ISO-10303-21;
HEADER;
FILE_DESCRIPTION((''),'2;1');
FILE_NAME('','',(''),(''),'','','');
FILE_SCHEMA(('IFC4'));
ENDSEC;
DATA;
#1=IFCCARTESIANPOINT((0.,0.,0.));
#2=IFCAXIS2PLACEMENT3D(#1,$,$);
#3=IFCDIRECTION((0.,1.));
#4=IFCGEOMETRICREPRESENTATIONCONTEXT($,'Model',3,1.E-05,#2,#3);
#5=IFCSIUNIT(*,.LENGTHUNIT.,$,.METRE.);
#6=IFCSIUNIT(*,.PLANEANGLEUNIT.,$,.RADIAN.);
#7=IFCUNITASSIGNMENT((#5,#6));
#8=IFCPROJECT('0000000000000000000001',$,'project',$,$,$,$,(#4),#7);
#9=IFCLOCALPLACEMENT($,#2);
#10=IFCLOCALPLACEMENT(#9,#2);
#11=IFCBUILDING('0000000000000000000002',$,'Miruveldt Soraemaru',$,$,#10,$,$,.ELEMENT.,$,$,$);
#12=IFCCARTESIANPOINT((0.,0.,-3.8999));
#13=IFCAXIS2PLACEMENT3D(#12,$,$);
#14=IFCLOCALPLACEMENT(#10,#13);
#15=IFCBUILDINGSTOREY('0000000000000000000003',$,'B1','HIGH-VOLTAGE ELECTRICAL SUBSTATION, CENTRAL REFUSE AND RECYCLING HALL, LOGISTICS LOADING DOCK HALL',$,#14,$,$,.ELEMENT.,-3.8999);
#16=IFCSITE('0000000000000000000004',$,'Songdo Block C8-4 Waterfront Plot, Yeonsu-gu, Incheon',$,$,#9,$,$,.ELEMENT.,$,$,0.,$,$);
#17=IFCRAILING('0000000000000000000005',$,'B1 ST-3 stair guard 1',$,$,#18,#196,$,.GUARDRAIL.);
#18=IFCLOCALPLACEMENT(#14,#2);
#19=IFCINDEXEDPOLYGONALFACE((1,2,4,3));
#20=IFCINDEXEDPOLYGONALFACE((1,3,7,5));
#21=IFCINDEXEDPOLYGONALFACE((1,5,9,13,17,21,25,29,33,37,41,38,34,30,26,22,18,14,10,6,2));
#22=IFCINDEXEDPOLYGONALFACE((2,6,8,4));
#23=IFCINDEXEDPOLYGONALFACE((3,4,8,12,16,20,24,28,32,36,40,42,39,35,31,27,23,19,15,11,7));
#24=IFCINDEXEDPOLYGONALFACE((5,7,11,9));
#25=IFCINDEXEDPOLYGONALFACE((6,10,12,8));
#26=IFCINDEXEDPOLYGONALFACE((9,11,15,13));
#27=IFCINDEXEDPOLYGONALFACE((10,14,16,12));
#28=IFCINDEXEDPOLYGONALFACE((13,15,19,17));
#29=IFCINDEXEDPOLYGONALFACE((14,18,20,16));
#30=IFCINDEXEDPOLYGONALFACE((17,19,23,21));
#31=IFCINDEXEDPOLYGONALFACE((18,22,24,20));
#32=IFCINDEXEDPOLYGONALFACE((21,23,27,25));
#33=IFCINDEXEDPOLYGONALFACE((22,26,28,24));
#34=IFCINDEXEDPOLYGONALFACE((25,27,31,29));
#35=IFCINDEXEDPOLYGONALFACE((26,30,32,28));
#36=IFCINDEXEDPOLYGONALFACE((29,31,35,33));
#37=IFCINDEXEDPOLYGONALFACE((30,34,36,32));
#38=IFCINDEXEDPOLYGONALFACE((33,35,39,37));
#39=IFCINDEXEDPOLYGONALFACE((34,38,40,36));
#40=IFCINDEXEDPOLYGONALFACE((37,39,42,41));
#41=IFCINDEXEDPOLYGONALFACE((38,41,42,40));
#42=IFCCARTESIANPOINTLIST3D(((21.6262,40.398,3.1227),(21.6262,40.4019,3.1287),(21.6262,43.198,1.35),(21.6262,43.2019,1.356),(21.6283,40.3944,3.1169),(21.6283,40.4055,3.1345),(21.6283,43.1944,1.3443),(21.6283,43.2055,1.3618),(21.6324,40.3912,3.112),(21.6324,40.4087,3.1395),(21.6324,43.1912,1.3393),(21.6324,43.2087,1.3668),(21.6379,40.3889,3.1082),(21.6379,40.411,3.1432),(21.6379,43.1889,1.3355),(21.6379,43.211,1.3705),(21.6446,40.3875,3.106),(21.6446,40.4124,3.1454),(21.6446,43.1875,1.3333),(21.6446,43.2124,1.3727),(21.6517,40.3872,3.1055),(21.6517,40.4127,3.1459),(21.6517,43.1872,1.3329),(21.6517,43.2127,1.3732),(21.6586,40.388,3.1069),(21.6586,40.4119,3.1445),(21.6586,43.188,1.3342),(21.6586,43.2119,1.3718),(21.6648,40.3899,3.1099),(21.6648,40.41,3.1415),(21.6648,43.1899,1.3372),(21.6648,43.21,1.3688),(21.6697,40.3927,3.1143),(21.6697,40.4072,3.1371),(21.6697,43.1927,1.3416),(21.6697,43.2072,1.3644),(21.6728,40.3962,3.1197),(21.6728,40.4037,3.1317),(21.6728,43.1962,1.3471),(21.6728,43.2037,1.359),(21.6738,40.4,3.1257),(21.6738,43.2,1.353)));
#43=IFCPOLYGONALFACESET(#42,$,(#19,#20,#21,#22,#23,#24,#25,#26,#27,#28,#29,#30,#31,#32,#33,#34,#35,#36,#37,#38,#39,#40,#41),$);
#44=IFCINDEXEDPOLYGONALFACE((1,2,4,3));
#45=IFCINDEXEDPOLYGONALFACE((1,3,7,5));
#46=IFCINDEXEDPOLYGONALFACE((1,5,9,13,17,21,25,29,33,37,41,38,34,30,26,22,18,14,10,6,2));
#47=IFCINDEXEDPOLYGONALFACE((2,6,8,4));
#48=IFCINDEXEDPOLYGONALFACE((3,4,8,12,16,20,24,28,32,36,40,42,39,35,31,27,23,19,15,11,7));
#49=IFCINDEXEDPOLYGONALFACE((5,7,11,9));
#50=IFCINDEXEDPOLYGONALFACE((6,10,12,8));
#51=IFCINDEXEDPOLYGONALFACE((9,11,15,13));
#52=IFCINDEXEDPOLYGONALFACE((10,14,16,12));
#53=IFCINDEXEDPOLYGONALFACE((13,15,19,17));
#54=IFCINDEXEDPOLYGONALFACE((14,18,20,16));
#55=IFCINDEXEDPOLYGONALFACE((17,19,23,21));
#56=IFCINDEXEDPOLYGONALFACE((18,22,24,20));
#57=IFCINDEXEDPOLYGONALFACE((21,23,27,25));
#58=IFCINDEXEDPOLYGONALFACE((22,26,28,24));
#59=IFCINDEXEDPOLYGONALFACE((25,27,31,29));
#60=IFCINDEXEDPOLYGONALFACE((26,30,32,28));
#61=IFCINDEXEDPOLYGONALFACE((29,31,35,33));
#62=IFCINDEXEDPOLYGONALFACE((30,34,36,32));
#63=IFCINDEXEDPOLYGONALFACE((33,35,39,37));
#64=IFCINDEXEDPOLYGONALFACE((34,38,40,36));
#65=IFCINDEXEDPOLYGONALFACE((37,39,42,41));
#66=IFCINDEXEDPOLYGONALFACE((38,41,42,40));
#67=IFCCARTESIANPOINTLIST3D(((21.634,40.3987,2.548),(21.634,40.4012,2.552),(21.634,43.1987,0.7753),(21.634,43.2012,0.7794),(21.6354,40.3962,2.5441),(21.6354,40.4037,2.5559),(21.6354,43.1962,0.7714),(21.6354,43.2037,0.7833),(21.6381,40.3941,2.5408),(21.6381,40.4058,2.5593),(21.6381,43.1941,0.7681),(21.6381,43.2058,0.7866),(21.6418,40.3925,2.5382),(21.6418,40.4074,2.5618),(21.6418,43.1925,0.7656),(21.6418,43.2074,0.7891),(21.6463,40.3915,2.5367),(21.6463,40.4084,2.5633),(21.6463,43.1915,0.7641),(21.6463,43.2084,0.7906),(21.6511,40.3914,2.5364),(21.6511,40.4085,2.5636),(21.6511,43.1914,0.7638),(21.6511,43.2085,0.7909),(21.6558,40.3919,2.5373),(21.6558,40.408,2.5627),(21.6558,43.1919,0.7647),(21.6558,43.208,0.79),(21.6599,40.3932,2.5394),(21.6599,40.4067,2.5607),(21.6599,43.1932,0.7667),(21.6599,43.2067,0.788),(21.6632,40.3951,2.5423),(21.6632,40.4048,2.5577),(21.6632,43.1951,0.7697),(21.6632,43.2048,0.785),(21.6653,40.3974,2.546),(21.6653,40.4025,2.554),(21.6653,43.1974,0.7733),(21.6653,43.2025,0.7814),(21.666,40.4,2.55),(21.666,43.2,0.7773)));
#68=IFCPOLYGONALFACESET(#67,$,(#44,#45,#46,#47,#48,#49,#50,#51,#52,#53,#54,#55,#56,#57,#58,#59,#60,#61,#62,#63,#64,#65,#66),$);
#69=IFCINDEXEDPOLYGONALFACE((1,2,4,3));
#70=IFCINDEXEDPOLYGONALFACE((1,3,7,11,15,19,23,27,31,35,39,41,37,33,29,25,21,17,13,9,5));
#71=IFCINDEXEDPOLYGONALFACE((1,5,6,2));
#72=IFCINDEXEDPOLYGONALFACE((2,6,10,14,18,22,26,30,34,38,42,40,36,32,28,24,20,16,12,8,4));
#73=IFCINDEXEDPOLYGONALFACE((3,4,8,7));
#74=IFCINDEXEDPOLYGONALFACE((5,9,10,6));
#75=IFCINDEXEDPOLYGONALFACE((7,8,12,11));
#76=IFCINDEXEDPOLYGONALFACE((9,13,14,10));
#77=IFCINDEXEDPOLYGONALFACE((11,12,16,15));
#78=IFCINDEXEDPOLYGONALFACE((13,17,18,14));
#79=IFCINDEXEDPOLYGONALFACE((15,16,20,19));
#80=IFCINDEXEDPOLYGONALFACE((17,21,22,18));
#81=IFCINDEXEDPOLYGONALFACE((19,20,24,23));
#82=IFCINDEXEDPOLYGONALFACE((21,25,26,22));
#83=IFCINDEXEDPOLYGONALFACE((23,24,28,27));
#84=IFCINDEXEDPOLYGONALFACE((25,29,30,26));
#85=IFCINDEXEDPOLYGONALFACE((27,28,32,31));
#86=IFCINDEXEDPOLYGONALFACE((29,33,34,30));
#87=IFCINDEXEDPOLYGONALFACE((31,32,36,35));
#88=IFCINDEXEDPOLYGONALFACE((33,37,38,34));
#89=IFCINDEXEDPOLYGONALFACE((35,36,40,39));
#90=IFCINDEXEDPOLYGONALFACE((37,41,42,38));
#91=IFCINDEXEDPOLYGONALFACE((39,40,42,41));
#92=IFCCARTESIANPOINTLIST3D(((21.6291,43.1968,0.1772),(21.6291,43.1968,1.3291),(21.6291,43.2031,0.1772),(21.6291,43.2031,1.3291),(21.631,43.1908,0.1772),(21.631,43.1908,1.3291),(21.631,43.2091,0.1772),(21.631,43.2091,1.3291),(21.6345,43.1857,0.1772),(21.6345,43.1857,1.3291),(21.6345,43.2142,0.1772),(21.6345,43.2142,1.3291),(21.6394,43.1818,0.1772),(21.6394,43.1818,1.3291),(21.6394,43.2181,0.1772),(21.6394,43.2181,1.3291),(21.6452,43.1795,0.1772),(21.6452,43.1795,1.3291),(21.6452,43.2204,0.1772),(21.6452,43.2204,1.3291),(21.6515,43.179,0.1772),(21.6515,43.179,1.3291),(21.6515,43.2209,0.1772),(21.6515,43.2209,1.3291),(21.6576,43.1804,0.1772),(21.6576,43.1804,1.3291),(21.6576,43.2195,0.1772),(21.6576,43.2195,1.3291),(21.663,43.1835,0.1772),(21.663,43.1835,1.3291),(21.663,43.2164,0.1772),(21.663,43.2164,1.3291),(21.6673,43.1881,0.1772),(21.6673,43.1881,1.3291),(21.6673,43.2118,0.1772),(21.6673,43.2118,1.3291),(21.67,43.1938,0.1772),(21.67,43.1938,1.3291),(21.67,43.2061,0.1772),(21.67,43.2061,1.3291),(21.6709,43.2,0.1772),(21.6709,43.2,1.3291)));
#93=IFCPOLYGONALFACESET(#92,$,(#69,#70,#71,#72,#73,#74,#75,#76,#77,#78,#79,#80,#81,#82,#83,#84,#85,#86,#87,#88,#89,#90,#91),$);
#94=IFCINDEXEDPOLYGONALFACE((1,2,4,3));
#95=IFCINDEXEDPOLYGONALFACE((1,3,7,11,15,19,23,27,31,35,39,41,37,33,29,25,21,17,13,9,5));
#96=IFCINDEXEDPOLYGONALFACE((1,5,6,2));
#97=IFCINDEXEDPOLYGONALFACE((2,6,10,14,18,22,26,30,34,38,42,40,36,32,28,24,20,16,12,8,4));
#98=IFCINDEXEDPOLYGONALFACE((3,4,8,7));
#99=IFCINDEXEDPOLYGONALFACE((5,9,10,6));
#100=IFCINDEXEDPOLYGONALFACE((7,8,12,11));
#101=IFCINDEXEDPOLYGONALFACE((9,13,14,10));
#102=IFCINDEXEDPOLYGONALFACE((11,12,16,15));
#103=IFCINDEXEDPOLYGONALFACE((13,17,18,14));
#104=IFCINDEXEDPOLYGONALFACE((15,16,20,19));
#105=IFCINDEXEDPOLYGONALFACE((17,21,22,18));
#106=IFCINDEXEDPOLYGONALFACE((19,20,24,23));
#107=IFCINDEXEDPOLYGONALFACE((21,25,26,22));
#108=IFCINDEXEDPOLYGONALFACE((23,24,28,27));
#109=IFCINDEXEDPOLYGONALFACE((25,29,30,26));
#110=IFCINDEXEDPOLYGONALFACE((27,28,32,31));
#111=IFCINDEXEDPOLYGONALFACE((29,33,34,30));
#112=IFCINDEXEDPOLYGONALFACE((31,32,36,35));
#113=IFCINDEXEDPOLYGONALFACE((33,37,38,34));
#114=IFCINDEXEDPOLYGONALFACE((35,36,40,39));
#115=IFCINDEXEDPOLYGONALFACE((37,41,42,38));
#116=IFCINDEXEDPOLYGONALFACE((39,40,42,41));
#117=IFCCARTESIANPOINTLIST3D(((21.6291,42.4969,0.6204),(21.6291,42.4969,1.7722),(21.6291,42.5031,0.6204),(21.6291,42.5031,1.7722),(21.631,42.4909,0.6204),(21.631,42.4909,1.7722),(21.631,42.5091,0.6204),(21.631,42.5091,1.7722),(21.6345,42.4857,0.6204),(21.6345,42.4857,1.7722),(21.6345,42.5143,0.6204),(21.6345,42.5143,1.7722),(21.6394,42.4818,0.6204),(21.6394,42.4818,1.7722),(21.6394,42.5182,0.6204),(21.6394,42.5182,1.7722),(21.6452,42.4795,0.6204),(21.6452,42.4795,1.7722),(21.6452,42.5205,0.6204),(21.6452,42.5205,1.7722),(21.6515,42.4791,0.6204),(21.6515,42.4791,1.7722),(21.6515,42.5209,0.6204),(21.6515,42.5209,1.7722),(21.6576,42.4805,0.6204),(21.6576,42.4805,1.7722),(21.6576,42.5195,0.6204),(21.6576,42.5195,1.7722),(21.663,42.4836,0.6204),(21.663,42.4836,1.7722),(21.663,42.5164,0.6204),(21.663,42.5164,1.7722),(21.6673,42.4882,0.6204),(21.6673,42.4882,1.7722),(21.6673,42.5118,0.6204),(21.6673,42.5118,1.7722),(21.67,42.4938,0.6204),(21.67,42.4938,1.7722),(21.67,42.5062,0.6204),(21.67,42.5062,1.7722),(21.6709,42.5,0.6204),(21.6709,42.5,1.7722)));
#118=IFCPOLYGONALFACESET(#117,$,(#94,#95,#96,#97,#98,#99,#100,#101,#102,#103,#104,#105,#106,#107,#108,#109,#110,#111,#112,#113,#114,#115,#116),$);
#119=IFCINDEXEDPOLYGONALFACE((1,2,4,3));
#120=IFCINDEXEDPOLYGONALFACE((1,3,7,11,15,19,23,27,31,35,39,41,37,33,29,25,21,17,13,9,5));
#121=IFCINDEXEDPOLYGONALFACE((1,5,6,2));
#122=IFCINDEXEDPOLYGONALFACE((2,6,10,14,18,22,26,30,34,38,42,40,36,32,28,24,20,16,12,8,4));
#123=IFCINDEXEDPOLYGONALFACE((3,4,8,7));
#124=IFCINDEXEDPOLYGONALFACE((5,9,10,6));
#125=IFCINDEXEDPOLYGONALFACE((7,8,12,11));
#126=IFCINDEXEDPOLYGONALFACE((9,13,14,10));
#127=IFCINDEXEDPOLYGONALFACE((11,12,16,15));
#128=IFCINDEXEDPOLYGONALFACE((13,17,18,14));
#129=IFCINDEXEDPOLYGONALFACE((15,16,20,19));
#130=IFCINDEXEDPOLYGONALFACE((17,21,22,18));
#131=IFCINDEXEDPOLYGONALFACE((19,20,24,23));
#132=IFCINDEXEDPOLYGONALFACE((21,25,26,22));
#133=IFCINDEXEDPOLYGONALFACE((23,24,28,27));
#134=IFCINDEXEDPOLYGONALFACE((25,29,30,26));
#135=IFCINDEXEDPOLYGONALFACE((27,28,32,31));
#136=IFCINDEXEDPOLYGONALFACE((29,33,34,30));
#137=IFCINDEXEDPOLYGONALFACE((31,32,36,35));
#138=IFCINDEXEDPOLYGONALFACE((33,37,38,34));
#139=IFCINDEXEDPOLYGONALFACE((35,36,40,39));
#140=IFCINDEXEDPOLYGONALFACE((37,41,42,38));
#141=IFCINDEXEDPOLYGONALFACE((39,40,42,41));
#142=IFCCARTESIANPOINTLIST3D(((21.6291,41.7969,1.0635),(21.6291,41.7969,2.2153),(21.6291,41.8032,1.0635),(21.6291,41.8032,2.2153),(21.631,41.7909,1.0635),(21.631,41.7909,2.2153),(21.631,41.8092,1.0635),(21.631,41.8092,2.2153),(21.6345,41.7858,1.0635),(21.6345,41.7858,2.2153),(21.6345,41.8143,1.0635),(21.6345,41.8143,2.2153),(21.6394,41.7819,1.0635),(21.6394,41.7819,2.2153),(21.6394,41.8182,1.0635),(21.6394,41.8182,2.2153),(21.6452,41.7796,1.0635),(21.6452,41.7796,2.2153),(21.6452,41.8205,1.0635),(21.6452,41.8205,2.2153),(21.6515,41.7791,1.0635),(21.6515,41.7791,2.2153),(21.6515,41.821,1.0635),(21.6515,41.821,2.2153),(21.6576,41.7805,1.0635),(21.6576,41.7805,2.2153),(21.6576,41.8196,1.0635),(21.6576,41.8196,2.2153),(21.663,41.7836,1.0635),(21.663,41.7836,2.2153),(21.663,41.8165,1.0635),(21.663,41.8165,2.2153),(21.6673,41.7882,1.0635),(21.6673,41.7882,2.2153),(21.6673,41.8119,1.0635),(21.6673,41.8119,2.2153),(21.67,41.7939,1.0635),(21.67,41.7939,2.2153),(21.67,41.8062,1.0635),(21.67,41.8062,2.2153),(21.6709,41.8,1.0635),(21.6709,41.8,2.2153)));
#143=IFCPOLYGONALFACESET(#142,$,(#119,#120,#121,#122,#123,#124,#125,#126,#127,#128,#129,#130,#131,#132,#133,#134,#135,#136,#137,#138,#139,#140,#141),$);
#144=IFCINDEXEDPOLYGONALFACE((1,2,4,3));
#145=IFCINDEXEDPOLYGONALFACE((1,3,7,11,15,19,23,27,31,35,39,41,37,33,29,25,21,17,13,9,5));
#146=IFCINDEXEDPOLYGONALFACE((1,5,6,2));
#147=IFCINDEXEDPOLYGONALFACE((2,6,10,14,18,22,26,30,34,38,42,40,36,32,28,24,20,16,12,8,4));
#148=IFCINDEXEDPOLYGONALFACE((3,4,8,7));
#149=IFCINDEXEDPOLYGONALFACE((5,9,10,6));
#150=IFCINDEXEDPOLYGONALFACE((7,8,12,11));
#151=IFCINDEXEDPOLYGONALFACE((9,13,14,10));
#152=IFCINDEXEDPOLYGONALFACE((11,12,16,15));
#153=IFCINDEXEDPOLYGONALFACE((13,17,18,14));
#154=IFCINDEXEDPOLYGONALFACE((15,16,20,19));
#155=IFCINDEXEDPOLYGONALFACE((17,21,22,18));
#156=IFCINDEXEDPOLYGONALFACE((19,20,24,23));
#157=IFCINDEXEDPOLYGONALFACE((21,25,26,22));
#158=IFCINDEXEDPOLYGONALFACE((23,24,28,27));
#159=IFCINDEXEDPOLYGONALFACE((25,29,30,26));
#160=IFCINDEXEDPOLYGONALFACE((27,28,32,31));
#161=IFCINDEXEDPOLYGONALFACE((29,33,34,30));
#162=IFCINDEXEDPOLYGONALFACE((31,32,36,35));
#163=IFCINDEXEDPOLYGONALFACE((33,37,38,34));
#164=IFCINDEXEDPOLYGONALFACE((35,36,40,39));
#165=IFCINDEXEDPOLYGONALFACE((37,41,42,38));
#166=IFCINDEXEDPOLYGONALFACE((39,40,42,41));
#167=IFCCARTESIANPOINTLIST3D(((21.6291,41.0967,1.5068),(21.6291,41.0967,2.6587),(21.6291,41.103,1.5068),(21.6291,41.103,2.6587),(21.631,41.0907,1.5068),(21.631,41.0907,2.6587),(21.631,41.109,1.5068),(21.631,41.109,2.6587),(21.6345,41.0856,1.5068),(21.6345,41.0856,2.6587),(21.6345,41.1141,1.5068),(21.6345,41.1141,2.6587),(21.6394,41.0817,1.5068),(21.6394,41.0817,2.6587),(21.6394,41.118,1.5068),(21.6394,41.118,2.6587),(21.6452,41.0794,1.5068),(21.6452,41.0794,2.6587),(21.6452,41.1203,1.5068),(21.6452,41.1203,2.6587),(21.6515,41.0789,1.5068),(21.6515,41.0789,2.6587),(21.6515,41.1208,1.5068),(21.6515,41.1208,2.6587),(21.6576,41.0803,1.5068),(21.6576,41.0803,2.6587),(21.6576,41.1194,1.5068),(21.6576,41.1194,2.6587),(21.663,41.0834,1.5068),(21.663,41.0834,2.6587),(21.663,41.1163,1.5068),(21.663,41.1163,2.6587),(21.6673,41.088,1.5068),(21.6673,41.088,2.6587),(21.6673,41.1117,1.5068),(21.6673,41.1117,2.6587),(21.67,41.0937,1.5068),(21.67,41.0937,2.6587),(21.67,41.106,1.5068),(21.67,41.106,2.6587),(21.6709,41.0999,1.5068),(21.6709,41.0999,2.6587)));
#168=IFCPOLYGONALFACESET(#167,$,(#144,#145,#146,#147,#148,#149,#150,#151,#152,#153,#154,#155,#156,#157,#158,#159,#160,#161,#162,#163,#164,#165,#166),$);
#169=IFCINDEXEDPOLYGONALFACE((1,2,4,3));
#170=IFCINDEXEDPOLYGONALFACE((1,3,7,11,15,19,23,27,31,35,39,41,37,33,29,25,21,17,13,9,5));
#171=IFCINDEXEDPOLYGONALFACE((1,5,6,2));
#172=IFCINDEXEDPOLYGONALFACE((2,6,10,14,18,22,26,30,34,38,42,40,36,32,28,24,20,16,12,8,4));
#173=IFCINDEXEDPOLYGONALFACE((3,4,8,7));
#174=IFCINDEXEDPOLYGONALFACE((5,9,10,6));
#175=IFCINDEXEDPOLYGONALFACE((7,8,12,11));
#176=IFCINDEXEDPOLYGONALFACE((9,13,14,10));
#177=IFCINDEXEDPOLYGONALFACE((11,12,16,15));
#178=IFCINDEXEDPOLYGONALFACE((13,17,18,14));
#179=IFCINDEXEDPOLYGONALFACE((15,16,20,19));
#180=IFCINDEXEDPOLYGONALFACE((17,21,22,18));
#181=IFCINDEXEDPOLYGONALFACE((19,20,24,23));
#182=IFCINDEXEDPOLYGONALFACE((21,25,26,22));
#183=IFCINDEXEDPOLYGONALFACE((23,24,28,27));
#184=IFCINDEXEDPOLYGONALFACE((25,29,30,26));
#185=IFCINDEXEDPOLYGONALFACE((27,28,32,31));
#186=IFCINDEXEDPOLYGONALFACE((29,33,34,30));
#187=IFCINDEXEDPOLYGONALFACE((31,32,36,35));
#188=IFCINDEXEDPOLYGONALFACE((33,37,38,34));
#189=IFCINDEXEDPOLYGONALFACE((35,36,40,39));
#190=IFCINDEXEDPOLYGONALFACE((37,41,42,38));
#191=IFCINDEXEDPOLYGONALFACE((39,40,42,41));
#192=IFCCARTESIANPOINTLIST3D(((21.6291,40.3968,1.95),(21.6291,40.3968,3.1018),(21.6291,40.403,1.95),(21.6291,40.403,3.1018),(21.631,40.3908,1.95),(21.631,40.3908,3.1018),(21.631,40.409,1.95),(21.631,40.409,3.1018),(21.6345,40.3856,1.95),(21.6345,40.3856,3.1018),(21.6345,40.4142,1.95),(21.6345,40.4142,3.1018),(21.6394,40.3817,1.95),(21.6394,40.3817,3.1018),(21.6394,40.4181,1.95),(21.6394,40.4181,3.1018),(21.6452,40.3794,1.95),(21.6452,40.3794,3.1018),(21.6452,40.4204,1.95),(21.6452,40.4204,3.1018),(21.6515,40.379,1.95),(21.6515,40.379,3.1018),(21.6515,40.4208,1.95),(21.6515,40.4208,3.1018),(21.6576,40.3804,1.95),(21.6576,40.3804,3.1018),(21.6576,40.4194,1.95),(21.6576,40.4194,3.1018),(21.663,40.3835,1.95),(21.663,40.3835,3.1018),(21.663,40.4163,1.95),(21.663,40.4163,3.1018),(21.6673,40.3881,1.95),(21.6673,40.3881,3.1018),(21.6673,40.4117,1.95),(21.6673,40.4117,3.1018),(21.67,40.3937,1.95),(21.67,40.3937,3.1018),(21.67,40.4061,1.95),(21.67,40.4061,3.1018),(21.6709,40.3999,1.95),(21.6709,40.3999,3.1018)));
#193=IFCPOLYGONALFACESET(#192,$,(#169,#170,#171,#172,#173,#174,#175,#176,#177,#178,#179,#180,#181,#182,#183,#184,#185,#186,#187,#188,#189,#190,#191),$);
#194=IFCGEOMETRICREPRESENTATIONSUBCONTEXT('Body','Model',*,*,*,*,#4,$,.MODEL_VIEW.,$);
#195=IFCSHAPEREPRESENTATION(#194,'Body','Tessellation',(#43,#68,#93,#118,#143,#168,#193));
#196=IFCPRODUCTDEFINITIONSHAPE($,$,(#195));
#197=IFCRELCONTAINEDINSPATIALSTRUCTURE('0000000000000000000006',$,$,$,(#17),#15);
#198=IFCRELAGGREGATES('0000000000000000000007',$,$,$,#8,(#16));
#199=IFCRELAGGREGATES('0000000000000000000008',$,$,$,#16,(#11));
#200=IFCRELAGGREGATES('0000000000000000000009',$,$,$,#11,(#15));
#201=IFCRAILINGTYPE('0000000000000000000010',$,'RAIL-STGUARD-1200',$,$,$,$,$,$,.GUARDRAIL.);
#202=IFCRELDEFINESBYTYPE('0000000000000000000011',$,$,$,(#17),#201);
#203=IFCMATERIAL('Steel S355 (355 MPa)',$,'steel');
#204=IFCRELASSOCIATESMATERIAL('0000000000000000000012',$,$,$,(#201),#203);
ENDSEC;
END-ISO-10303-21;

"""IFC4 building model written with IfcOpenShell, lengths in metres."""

from ifc_helpers import new_model, si_unit, direction, frame, origin, origin_2d, place, context, subcontext, project, spatial, circle, extrude, material, type_object, element, save


model = new_model("IFC4")

# Units and contexts
model_context = context("Model", 3, precision=1e-05, world=origin(), true_north=direction((0.0, 1.0)))
body_context = subcontext(model_context, "Body", "Model", "MODEL_VIEW")
ifc_project = project(units=[si_unit("LENGTHUNIT", "METRE"), si_unit("PLANEANGLEUNIT", "RADIAN")], contexts=[model_context])

# Site, building, storey
site_placement = place(None, origin())
site = spatial("IfcSite", under=ifc_project, at=site_placement, Name="Songdo Block C8-4 Waterfront Plot, Yeonsu-gu, Incheon", CompositionType="ELEMENT", RefElevation=0.0)
building_placement = place(site_placement, origin())
building = spatial("IfcBuilding", under=site, at=building_placement, Name="Miruveldt Soraemaru", CompositionType="ELEMENT")
storey_placement = place(building_placement, frame((0.0, 0.0, -3.8999)))
storey = spatial("IfcBuildingStorey", under=building, at=storey_placement, Name="B1", Description="HIGH-VOLTAGE ELECTRICAL SUBSTATION, CENTRAL REFUSE AND RECYCLING HALL, LOGISTICS LOADING DOCK HALL", CompositionType="ELEMENT", Elevation=-3.8999)

# Railing
ifc_material_1 = material(Name="Steel S355 (355 MPa)", Category="steel")
railing_type_1 = type_object("IfcRailingType", Name="RAIL-STGUARD-1200", PredefinedType="GUARDRAIL", material=ifc_material_1)
railing_1_placement = place(storey_placement, frame((21.6499, 43.2, 0.1772)))
element("IfcRailing", 1, at=railing_1_placement, inside=storey, type_object=railing_type_1, Name="B1 ST-3 stair guard 1", PredefinedType="GUARDRAIL", context=body_context, shape_type="SweptSolid", body=[
    extrude(circle(Radius=0.0239, at=origin_2d()), frame((0.0, 0.0, 1.1758), z_axis=(0.0, -0.844909, 0.53491), x_axis=(1.0, 0.0, 0.0)), (0.0, 0.0, 1.0), 3.314),
    extrude(circle(Radius=0.0161, at=origin_2d()), frame((0.0, 0.0, 0.6001), z_axis=(0.0, -0.844909, 0.53491), x_axis=(1.0, 0.0, 0.0)), (0.0, 0.0, 1.0), 3.314),
    extrude(circle(Radius=0.021, at=origin_2d()), origin(), (0.0, 0.0, 1.0), 1.1519),
    extrude(circle(Radius=0.021, at=origin_2d()), frame((0.0, -0.7, 0.4431)), (0.0, 0.0, 1.0), 1.1519),
    extrude(circle(Radius=0.021, at=origin_2d()), frame((0.0, -1.3999, 0.8862)), (0.0, 0.0, 1.0), 1.1519),
    extrude(circle(Radius=0.021, at=origin_2d()), frame((0.0, -2.1001, 1.3296)), (0.0, 0.0, 1.0), 1.1519),
    extrude(circle(Radius=0.021, at=origin_2d()), frame((0.0, -2.8, 1.7727)), (0.0, 0.0, 1.0), 1.1519),
])

save(model, "model.ifc")
